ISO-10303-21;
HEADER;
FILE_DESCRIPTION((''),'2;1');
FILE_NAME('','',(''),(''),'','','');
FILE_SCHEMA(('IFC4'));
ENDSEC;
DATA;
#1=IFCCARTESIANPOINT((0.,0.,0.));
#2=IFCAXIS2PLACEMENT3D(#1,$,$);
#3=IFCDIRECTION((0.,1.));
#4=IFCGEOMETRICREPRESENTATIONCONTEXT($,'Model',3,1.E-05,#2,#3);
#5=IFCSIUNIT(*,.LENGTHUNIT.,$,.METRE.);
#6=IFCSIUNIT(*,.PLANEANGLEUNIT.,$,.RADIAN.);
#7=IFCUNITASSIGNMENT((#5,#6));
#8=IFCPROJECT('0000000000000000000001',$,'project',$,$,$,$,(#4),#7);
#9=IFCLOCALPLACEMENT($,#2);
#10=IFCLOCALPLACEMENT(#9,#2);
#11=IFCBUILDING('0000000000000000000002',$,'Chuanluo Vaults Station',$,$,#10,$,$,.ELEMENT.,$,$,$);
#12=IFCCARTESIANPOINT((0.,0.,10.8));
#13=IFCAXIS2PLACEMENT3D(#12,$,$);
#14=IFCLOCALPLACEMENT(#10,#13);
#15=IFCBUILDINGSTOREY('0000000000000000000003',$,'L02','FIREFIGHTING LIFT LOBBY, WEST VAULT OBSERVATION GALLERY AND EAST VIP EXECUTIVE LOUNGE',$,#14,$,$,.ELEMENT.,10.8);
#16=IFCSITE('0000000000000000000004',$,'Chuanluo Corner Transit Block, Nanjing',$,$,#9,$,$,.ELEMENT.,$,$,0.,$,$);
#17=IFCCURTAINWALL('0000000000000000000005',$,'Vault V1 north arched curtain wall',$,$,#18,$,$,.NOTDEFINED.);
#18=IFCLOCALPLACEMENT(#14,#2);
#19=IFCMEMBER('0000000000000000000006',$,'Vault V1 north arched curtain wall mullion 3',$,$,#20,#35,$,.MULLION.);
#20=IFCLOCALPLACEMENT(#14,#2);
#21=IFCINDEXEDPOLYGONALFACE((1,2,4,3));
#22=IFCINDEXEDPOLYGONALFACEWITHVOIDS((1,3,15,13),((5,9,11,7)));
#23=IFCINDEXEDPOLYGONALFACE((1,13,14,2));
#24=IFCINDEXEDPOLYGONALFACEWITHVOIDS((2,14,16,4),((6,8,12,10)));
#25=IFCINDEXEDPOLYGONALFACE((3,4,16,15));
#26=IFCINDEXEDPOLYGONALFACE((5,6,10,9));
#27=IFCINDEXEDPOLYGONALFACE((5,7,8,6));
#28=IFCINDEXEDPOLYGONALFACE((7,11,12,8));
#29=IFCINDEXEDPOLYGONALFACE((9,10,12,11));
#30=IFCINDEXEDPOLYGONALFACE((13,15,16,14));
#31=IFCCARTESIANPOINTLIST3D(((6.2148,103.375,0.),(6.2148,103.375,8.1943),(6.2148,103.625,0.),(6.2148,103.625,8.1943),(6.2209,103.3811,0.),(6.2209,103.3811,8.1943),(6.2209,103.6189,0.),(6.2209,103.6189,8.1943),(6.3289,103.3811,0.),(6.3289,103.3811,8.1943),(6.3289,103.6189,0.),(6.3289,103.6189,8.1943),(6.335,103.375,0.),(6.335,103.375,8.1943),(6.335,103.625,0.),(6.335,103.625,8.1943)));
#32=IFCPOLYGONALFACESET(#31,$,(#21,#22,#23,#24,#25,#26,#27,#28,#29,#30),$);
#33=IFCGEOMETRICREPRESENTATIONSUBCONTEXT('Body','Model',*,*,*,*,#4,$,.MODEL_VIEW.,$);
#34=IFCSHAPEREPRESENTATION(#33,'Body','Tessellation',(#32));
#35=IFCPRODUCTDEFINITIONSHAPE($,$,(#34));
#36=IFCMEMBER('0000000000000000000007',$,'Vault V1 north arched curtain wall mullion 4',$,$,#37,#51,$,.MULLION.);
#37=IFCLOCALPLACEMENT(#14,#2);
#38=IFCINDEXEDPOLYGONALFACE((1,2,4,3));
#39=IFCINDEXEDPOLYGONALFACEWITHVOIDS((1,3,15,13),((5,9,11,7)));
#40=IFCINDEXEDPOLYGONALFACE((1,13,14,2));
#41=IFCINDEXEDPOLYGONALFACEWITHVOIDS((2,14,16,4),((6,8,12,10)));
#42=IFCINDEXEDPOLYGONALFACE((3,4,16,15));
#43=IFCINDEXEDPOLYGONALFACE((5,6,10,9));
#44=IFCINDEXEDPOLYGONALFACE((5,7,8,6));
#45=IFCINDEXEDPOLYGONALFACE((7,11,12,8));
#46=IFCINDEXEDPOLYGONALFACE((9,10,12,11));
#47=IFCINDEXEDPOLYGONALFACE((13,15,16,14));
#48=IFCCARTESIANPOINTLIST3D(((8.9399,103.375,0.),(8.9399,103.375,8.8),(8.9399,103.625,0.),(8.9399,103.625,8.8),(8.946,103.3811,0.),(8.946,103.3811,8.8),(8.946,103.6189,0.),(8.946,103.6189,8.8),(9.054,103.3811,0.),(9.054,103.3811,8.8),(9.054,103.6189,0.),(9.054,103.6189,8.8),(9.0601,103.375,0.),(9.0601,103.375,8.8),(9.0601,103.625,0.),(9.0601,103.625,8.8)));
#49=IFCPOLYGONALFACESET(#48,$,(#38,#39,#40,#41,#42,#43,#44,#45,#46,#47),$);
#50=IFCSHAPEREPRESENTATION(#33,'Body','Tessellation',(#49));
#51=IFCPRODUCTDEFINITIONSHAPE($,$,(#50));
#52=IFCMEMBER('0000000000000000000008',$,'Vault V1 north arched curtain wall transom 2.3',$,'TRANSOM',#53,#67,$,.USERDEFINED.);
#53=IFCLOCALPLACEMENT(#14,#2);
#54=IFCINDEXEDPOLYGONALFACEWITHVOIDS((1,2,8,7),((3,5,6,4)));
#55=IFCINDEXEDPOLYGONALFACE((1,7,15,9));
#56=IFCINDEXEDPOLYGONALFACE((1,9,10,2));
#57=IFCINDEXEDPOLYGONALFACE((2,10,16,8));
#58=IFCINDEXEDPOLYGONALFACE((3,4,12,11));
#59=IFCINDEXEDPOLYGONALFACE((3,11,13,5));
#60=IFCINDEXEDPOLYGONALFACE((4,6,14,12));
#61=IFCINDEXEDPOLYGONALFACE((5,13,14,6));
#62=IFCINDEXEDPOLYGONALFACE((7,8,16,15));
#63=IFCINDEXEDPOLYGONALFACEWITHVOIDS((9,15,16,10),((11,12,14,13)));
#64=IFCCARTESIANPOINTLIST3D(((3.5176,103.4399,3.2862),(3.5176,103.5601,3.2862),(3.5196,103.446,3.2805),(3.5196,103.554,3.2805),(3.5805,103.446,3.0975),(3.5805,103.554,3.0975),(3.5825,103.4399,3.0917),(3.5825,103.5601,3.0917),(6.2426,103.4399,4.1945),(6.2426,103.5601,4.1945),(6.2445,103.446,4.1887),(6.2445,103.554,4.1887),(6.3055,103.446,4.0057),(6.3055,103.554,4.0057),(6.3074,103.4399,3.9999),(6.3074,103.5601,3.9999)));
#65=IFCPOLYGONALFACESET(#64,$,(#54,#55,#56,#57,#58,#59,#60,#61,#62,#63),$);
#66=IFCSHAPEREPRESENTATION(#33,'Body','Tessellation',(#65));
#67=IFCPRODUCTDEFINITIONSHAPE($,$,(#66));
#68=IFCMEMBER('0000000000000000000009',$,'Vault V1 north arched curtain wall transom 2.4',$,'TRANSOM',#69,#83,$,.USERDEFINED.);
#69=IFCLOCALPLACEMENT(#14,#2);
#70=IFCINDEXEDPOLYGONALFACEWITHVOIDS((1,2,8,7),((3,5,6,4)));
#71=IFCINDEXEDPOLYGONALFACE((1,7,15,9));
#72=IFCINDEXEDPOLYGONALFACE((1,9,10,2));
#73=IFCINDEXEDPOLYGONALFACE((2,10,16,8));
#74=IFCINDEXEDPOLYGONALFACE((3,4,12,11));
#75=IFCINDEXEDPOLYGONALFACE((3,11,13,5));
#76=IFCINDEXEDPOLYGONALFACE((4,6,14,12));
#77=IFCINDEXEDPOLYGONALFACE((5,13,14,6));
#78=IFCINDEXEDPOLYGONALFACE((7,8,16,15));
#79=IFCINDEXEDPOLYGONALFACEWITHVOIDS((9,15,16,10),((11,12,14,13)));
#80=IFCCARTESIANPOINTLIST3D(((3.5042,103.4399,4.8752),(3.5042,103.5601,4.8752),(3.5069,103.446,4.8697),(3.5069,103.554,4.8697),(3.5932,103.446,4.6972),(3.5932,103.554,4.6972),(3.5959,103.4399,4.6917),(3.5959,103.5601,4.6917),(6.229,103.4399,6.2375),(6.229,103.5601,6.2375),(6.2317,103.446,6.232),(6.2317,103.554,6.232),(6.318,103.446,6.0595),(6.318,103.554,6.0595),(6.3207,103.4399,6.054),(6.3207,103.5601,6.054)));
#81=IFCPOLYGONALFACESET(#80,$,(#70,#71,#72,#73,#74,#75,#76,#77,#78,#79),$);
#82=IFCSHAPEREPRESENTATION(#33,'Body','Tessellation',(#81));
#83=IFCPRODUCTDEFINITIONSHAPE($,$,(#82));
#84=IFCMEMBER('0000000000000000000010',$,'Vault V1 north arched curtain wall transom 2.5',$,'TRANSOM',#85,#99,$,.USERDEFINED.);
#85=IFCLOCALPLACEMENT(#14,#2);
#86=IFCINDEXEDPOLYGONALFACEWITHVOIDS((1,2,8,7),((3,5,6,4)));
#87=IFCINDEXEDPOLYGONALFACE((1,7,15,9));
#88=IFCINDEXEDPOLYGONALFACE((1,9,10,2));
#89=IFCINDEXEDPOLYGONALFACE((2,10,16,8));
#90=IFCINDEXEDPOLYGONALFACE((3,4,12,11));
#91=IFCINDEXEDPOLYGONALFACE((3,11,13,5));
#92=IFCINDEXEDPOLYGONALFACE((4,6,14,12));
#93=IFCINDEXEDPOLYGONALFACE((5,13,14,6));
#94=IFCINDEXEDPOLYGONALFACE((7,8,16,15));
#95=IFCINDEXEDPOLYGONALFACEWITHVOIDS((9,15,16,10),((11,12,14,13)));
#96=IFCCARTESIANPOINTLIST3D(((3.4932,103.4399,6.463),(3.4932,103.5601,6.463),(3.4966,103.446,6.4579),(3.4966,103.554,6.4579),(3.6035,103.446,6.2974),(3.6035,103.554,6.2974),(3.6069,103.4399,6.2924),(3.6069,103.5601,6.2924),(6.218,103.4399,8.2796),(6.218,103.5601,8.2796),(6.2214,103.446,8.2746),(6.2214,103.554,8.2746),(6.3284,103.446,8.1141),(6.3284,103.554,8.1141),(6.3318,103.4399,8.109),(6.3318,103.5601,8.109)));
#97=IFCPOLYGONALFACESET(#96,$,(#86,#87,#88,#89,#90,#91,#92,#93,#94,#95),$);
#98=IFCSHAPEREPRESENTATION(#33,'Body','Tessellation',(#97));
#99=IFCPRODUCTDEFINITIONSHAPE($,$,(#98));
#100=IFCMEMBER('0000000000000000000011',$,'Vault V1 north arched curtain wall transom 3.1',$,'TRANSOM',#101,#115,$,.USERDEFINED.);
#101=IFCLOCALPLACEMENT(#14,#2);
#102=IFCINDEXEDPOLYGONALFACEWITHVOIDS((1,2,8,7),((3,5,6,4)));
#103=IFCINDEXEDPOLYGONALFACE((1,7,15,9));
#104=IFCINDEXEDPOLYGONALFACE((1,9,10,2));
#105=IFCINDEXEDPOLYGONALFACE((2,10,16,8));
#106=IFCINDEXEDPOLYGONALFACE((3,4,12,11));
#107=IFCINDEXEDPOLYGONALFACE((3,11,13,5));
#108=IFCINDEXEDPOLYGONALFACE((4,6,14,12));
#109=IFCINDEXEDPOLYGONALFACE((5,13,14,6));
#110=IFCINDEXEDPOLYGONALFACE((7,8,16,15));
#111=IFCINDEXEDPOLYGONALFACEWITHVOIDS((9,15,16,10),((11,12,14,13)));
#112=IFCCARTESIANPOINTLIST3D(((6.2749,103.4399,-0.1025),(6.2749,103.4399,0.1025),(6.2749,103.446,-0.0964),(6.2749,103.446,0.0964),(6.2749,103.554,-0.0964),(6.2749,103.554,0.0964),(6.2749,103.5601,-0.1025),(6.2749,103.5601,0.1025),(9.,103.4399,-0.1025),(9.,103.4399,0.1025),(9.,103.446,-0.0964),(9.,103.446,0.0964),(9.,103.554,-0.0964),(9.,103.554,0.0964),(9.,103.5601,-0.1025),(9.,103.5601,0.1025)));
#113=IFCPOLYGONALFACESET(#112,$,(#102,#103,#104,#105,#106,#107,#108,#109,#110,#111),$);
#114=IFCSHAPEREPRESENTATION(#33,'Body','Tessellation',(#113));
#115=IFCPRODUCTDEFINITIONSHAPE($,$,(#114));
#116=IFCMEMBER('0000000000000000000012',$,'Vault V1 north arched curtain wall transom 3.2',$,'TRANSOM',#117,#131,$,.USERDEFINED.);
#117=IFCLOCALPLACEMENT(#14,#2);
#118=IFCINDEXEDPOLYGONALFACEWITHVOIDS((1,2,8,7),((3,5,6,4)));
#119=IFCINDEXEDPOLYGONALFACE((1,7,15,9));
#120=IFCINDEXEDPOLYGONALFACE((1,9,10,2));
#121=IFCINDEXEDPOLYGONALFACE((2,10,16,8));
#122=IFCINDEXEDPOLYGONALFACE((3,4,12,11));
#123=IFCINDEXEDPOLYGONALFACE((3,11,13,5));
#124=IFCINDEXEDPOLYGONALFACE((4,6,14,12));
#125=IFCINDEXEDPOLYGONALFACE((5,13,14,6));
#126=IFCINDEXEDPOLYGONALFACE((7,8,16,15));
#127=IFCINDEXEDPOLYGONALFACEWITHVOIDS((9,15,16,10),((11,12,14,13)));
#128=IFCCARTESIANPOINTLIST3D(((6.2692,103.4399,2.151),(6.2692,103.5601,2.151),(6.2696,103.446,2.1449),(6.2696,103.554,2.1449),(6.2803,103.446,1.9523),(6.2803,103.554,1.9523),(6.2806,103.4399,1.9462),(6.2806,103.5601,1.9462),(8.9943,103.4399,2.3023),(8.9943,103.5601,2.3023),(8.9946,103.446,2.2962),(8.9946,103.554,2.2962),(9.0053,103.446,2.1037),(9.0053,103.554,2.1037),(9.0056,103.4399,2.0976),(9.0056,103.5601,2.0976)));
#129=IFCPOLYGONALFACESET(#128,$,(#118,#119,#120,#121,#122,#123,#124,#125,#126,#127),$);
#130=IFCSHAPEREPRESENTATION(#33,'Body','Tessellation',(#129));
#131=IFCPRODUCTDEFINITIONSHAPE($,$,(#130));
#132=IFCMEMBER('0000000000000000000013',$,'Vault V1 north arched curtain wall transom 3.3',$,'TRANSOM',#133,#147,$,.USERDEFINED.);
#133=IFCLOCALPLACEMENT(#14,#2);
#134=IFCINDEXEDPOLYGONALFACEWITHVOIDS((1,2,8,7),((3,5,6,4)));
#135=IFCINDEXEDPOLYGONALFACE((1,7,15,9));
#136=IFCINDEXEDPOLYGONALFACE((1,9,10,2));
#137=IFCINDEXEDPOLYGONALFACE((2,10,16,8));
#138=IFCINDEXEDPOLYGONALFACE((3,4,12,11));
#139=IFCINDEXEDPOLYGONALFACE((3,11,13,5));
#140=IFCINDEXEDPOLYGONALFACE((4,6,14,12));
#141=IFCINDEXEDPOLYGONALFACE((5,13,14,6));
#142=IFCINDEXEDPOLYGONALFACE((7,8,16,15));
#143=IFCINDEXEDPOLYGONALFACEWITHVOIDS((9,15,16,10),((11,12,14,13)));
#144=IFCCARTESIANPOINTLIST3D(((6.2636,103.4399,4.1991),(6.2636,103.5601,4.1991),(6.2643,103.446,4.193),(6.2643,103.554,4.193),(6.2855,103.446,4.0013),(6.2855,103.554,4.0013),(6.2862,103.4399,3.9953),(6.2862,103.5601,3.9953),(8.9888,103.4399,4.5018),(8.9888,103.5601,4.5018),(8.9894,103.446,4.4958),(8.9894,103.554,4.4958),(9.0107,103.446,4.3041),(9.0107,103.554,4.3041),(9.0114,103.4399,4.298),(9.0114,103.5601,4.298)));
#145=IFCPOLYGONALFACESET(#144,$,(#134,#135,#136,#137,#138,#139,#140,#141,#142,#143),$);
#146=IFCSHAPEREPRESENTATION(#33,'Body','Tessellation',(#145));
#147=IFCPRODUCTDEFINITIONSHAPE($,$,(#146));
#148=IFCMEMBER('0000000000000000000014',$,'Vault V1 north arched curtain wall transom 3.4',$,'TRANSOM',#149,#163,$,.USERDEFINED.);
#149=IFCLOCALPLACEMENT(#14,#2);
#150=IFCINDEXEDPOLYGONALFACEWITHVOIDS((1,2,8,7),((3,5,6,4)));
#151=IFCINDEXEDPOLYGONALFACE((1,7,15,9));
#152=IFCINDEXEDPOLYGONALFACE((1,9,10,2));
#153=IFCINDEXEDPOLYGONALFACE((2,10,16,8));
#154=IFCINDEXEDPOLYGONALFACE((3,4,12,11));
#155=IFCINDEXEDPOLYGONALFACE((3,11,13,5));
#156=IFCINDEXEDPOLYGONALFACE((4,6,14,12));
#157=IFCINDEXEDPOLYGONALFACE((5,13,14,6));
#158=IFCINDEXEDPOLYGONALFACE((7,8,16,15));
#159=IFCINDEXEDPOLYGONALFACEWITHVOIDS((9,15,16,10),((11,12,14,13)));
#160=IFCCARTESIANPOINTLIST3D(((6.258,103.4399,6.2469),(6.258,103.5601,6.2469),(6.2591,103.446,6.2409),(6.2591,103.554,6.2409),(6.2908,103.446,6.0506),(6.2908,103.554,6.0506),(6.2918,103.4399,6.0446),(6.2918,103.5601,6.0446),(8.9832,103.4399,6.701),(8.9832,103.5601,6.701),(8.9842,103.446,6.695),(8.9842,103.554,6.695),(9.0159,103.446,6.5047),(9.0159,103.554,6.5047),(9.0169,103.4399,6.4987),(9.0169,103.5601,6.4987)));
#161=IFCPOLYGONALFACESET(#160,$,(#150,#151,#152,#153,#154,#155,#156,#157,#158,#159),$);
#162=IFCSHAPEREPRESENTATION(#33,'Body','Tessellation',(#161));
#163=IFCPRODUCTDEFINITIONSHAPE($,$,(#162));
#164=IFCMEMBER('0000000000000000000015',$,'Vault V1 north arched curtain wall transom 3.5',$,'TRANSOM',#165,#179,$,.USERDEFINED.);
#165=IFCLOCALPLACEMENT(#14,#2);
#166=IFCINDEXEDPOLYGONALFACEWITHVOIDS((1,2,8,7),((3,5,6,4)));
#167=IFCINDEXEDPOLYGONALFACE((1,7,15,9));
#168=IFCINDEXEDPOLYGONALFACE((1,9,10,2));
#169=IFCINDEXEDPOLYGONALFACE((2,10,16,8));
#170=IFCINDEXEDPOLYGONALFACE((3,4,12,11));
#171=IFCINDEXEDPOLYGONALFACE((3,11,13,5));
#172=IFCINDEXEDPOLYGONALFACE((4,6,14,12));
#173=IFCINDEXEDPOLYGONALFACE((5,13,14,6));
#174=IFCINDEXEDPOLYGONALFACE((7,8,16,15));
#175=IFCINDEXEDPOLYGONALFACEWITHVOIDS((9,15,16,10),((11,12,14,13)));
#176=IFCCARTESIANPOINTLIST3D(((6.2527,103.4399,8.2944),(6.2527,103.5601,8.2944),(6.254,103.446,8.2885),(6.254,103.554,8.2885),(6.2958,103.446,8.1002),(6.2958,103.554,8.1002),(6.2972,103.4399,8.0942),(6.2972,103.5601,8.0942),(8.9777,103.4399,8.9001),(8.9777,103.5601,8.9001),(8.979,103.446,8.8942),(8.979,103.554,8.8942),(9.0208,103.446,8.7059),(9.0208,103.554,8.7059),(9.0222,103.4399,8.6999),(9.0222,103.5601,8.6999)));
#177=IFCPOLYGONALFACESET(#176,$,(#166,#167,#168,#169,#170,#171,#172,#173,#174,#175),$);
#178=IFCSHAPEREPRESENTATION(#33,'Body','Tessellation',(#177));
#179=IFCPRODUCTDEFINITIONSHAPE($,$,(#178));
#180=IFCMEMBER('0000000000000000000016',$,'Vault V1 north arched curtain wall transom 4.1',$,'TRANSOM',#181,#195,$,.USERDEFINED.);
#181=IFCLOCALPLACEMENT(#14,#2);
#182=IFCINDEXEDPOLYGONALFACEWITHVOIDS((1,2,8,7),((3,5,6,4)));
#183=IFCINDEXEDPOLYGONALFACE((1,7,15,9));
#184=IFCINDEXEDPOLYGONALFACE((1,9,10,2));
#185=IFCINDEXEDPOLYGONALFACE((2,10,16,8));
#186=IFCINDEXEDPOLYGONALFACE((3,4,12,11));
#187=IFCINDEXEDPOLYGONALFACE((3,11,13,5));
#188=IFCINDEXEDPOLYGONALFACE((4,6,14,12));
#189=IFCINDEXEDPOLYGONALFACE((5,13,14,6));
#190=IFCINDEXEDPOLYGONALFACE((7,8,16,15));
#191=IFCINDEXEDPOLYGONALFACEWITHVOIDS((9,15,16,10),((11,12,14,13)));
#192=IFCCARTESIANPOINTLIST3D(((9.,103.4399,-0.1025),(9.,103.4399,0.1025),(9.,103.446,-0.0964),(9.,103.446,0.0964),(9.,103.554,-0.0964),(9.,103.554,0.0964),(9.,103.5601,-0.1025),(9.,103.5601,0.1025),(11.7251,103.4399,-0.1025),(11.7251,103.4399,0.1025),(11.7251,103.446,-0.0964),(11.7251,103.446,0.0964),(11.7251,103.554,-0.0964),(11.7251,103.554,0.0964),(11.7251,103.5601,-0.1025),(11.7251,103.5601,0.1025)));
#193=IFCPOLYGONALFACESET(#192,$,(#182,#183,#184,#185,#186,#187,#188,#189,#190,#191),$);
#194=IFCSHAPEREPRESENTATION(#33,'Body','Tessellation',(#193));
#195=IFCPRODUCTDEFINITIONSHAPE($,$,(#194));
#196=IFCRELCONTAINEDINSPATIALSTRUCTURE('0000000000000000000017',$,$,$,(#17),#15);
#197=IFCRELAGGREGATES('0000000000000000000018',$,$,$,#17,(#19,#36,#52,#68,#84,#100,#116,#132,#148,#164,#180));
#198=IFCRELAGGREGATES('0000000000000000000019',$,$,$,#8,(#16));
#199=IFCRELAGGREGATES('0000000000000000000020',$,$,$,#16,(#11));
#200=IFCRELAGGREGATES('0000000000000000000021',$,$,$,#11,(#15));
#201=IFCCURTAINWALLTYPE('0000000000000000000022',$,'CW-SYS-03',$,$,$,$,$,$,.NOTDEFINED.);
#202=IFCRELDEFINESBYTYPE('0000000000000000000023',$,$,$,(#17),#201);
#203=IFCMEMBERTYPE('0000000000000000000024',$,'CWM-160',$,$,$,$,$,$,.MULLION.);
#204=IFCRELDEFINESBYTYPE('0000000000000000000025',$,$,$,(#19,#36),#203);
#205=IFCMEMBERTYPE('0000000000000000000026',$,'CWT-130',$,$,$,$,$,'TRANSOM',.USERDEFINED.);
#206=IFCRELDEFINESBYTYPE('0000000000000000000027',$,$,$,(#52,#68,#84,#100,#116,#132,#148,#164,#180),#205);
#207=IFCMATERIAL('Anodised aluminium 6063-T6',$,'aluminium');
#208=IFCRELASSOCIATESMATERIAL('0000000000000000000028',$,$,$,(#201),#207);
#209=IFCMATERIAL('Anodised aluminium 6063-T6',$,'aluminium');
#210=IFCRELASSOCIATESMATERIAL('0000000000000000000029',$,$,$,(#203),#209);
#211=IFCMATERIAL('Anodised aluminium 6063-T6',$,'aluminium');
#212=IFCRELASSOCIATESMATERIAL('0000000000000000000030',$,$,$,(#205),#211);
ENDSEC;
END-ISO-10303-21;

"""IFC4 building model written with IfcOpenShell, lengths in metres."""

from ifc_helpers import new_model, si_unit, direction, frame, origin, origin_2d, place, context, subcontext, project, spatial, hollow_rectangle, extrude, material, material_profile, profile_set, type_object, element, aggregate, save


model = new_model("IFC4")

# Units and contexts
model_context = context("Model", 3, precision=1e-05, world=origin(), true_north=direction((0.0, 1.0)))
body_context = subcontext(model_context, "Body", "Model", "MODEL_VIEW")
ifc_project = project(units=[si_unit("LENGTHUNIT", "METRE"), si_unit("PLANEANGLEUNIT", "RADIAN")], contexts=[model_context])

# Site, building, storey
site_placement = place(None, origin())
site = spatial("IfcSite", under=ifc_project, at=site_placement, Name="Chuanluo Corner Transit Block, Nanjing", CompositionType="ELEMENT", RefElevation=0.0)
building_placement = place(site_placement, origin())
building = spatial("IfcBuilding", under=site, at=building_placement, Name="Chuanluo Vaults Station", CompositionType="ELEMENT")
storey_placement = place(building_placement, frame((0.0, 0.0, 10.8)))
storey = spatial("IfcBuildingStorey", under=building, at=storey_placement, Name="L02", Description="FIREFIGHTING LIFT LOBBY, WEST VAULT OBSERVATION GALLERY AND EAST VIP EXECUTIVE LOUNGE", CompositionType="ELEMENT", Elevation=10.8)

# Curtain wall, members
ifc_material_1 = material(Name="Anodised aluminium 6063-T6", Category="aluminium")
curtain_wall_type = type_object("IfcCurtainWallType", Name="CW-SYS-03", PredefinedType="NOTDEFINED", material=ifc_material_1)
curtain_wall_placement = place(storey_placement, origin())
curtain_wall = element("IfcCurtainWall", 1, at=curtain_wall_placement, inside=storey, type_object=curtain_wall_type, Name="Vault V1 north arched curtain wall", PredefinedType="NOTDEFINED")
ifc_material_2 = material(Name="Anodised aluminium 6063-T6", Category="aluminium")
ifc_material_profile_1 = material_profile(ifc_material_2, hollow_rectangle(XDim=0.1201, YDim=0.25, WallThickness=0.0061, at=origin_2d()))
ifc_profile_set_1 = profile_set([ifc_material_profile_1], Name="Anodised aluminium 6063-T6")
member_type_1 = type_object("IfcMemberType", Name="CWM-160", PredefinedType="MULLION", material=ifc_profile_set_1)
member_1_placement = place(storey_placement, frame((6.2749, 103.5, 0.0), z_axis=(0.0, 0.0, 1.0), x_axis=(1.0, 0.0, 0.0)))
member_1 = element("IfcMember", 2, at=member_1_placement, type_object=member_type_1, Name="Vault V1 north arched curtain wall mullion 3", PredefinedType="MULLION", context=body_context, shape_type="SweptSolid", body=[
    extrude(hollow_rectangle(XDim=0.1201, YDim=0.25, WallThickness=0.0061, at=origin_2d()), origin(), (0.0, 0.0, 1.0), 8.1943),
])
member_2_placement = place(storey_placement, frame((9.0, 103.5, 0.0), z_axis=(0.0, 0.0, 1.0), x_axis=(1.0, 0.0, 0.0)))
member_2 = element("IfcMember", 3, at=member_2_placement, type_object=member_type_1, Name="Vault V1 north arched curtain wall mullion 4", PredefinedType="MULLION", context=body_context, shape_type="SweptSolid", body=[
    extrude(hollow_rectangle(XDim=0.1201, YDim=0.25, WallThickness=0.0061, at=origin_2d()), origin(), (0.0, 0.0, 1.0), 8.8),
])
ifc_material_3 = material(Name="Anodised aluminium 6063-T6", Category="aluminium")
ifc_material_profile_2 = material_profile(ifc_material_3, hollow_rectangle(XDim=0.1201, YDim=0.2051, WallThickness=0.0061, at=origin_2d()))
ifc_profile_set_2 = profile_set([ifc_material_profile_2], Name="Anodised aluminium 6063-T6")
member_type_2 = type_object("IfcMemberType", Name="CWT-130", ElementType="TRANSOM", PredefinedType="USERDEFINED", material=ifc_profile_set_2)
member_3_placement = place(storey_placement, frame((3.55, 103.5, 3.189), z_axis=(0.948692, 0.0, 0.316202), x_axis=(0.0, 1.0, 0.0)))
member_3 = element("IfcMember", 4, at=member_3_placement, type_object=member_type_2, Name="Vault V1 north arched curtain wall transom 2.3", ObjectType="TRANSOM", PredefinedType="USERDEFINED", context=body_context, shape_type="SweptSolid", body=[
    extrude(hollow_rectangle(XDim=0.1201, YDim=0.2051, WallThickness=0.0061, at=origin_2d()), origin(), (0.0, 0.0, 1.0), 2.8723),
])
member_4_placement = place(storey_placement, frame((3.55, 103.5, 4.7834), z_axis=(0.894443, 0.0, 0.447182), x_axis=(0.0, 1.0, 0.0)))
member_4 = element("IfcMember", 5, at=member_4_placement, type_object=member_type_2, Name="Vault V1 north arched curtain wall transom 2.4", ObjectType="TRANSOM", PredefinedType="USERDEFINED", context=body_context, shape_type="SweptSolid", body=[
    extrude(hollow_rectangle(XDim=0.1201, YDim=0.2051, WallThickness=0.0061, at=origin_2d()), origin(), (0.0, 0.0, 1.0), 3.0464),
])
member_5_placement = place(storey_placement, frame((3.55, 103.5, 6.3777), z_axis=(0.832039, 0.0, 0.554717), x_axis=(0.0, 1.0, 0.0)))
member_5 = element("IfcMember", 6, at=member_5_placement, type_object=member_type_2, Name="Vault V1 north arched curtain wall transom 2.5", ObjectType="TRANSOM", PredefinedType="USERDEFINED", context=body_context, shape_type="SweptSolid", body=[
    extrude(hollow_rectangle(XDim=0.1201, YDim=0.2051, WallThickness=0.0061, at=origin_2d()), origin(), (0.0, 0.0, 1.0), 3.2749),
])
member_6_placement = place(storey_placement, frame((6.2749, 103.5, 0.0), z_axis=(1.0, 0.0, 0.0), x_axis=(0.0, 1.0, 0.0)))
member_6 = element("IfcMember", 7, at=member_6_placement, type_object=member_type_2, Name="Vault V1 north arched curtain wall transom 3.1", ObjectType="TRANSOM", PredefinedType="USERDEFINED", context=body_context, shape_type="SweptSolid", body=[
    extrude(hollow_rectangle(XDim=0.1201, YDim=0.2051, WallThickness=0.0061, at=origin_2d()), origin(), (0.0, 0.0, 1.0), 2.7251),
])
member_7_placement = place(storey_placement, frame((6.2749, 103.5, 2.0486), z_axis=(0.998461, 0.0, 0.05546), x_axis=(0.0, 1.0, 0.0)))
member_7 = element("IfcMember", 8, at=member_7_placement, type_object=member_type_2, Name="Vault V1 north arched curtain wall transom 3.2", ObjectType="TRANSOM", PredefinedType="USERDEFINED", context=body_context, shape_type="SweptSolid", body=[
    extrude(hollow_rectangle(XDim=0.1201, YDim=0.2051, WallThickness=0.0061, at=origin_2d()), origin(), (0.0, 0.0, 1.0), 2.7292),
])
member_8_placement = place(storey_placement, frame((6.2749, 103.5, 4.0972), z_axis=(0.993886, 0.0, 0.110412), x_axis=(0.0, 1.0, 0.0)))
member_8 = element("IfcMember", 9, at=member_8_placement, type_object=member_type_2, Name="Vault V1 north arched curtain wall transom 3.3", ObjectType="TRANSOM", PredefinedType="USERDEFINED", context=body_context, shape_type="SweptSolid", body=[
    extrude(hollow_rectangle(XDim=0.1201, YDim=0.2051, WallThickness=0.0061, at=origin_2d()), origin(), (0.0, 0.0, 1.0), 2.7419),
])
member_9_placement = place(storey_placement, frame((6.2749, 103.5, 6.1458), z_axis=(0.986399, 0.0, 0.16437), x_axis=(0.0, 1.0, 0.0)))
member_9 = element("IfcMember", 10, at=member_9_placement, type_object=member_type_2, Name="Vault V1 north arched curtain wall transom 3.4", ObjectType="TRANSOM", PredefinedType="USERDEFINED", context=body_context, shape_type="SweptSolid", body=[
    extrude(hollow_rectangle(XDim=0.1201, YDim=0.2051, WallThickness=0.0061, at=origin_2d()), origin(), (0.0, 0.0, 1.0), 2.7627),
])
member_10_placement = place(storey_placement, frame((6.2749, 103.5, 8.1943), z_axis=(0.976177, 0.0, 0.216977), x_axis=(0.0, 1.0, 0.0)))
member_10 = element("IfcMember", 11, at=member_10_placement, type_object=member_type_2, Name="Vault V1 north arched curtain wall transom 3.5", ObjectType="TRANSOM", PredefinedType="USERDEFINED", context=body_context, shape_type="SweptSolid", body=[
    extrude(hollow_rectangle(XDim=0.1201, YDim=0.2051, WallThickness=0.0061, at=origin_2d()), origin(), (0.0, 0.0, 1.0), 2.7915),
])
member_11_placement = place(storey_placement, frame((9.0, 103.5, 0.0), z_axis=(1.0, 0.0, 0.0), x_axis=(0.0, 1.0, 0.0)))
member_11 = element("IfcMember", 12, at=member_11_placement, type_object=member_type_2, Name="Vault V1 north arched curtain wall transom 4.1", ObjectType="TRANSOM", PredefinedType="USERDEFINED", context=body_context, shape_type="SweptSolid", body=[
    extrude(hollow_rectangle(XDim=0.1201, YDim=0.2051, WallThickness=0.0061, at=origin_2d()), origin(), (0.0, 0.0, 1.0), 2.7251),
])
aggregate(curtain_wall, [member_1, member_2, member_3, member_4, member_5, member_6, member_7, member_8, member_9, member_10, member_11])

save(model, "model.ifc")
